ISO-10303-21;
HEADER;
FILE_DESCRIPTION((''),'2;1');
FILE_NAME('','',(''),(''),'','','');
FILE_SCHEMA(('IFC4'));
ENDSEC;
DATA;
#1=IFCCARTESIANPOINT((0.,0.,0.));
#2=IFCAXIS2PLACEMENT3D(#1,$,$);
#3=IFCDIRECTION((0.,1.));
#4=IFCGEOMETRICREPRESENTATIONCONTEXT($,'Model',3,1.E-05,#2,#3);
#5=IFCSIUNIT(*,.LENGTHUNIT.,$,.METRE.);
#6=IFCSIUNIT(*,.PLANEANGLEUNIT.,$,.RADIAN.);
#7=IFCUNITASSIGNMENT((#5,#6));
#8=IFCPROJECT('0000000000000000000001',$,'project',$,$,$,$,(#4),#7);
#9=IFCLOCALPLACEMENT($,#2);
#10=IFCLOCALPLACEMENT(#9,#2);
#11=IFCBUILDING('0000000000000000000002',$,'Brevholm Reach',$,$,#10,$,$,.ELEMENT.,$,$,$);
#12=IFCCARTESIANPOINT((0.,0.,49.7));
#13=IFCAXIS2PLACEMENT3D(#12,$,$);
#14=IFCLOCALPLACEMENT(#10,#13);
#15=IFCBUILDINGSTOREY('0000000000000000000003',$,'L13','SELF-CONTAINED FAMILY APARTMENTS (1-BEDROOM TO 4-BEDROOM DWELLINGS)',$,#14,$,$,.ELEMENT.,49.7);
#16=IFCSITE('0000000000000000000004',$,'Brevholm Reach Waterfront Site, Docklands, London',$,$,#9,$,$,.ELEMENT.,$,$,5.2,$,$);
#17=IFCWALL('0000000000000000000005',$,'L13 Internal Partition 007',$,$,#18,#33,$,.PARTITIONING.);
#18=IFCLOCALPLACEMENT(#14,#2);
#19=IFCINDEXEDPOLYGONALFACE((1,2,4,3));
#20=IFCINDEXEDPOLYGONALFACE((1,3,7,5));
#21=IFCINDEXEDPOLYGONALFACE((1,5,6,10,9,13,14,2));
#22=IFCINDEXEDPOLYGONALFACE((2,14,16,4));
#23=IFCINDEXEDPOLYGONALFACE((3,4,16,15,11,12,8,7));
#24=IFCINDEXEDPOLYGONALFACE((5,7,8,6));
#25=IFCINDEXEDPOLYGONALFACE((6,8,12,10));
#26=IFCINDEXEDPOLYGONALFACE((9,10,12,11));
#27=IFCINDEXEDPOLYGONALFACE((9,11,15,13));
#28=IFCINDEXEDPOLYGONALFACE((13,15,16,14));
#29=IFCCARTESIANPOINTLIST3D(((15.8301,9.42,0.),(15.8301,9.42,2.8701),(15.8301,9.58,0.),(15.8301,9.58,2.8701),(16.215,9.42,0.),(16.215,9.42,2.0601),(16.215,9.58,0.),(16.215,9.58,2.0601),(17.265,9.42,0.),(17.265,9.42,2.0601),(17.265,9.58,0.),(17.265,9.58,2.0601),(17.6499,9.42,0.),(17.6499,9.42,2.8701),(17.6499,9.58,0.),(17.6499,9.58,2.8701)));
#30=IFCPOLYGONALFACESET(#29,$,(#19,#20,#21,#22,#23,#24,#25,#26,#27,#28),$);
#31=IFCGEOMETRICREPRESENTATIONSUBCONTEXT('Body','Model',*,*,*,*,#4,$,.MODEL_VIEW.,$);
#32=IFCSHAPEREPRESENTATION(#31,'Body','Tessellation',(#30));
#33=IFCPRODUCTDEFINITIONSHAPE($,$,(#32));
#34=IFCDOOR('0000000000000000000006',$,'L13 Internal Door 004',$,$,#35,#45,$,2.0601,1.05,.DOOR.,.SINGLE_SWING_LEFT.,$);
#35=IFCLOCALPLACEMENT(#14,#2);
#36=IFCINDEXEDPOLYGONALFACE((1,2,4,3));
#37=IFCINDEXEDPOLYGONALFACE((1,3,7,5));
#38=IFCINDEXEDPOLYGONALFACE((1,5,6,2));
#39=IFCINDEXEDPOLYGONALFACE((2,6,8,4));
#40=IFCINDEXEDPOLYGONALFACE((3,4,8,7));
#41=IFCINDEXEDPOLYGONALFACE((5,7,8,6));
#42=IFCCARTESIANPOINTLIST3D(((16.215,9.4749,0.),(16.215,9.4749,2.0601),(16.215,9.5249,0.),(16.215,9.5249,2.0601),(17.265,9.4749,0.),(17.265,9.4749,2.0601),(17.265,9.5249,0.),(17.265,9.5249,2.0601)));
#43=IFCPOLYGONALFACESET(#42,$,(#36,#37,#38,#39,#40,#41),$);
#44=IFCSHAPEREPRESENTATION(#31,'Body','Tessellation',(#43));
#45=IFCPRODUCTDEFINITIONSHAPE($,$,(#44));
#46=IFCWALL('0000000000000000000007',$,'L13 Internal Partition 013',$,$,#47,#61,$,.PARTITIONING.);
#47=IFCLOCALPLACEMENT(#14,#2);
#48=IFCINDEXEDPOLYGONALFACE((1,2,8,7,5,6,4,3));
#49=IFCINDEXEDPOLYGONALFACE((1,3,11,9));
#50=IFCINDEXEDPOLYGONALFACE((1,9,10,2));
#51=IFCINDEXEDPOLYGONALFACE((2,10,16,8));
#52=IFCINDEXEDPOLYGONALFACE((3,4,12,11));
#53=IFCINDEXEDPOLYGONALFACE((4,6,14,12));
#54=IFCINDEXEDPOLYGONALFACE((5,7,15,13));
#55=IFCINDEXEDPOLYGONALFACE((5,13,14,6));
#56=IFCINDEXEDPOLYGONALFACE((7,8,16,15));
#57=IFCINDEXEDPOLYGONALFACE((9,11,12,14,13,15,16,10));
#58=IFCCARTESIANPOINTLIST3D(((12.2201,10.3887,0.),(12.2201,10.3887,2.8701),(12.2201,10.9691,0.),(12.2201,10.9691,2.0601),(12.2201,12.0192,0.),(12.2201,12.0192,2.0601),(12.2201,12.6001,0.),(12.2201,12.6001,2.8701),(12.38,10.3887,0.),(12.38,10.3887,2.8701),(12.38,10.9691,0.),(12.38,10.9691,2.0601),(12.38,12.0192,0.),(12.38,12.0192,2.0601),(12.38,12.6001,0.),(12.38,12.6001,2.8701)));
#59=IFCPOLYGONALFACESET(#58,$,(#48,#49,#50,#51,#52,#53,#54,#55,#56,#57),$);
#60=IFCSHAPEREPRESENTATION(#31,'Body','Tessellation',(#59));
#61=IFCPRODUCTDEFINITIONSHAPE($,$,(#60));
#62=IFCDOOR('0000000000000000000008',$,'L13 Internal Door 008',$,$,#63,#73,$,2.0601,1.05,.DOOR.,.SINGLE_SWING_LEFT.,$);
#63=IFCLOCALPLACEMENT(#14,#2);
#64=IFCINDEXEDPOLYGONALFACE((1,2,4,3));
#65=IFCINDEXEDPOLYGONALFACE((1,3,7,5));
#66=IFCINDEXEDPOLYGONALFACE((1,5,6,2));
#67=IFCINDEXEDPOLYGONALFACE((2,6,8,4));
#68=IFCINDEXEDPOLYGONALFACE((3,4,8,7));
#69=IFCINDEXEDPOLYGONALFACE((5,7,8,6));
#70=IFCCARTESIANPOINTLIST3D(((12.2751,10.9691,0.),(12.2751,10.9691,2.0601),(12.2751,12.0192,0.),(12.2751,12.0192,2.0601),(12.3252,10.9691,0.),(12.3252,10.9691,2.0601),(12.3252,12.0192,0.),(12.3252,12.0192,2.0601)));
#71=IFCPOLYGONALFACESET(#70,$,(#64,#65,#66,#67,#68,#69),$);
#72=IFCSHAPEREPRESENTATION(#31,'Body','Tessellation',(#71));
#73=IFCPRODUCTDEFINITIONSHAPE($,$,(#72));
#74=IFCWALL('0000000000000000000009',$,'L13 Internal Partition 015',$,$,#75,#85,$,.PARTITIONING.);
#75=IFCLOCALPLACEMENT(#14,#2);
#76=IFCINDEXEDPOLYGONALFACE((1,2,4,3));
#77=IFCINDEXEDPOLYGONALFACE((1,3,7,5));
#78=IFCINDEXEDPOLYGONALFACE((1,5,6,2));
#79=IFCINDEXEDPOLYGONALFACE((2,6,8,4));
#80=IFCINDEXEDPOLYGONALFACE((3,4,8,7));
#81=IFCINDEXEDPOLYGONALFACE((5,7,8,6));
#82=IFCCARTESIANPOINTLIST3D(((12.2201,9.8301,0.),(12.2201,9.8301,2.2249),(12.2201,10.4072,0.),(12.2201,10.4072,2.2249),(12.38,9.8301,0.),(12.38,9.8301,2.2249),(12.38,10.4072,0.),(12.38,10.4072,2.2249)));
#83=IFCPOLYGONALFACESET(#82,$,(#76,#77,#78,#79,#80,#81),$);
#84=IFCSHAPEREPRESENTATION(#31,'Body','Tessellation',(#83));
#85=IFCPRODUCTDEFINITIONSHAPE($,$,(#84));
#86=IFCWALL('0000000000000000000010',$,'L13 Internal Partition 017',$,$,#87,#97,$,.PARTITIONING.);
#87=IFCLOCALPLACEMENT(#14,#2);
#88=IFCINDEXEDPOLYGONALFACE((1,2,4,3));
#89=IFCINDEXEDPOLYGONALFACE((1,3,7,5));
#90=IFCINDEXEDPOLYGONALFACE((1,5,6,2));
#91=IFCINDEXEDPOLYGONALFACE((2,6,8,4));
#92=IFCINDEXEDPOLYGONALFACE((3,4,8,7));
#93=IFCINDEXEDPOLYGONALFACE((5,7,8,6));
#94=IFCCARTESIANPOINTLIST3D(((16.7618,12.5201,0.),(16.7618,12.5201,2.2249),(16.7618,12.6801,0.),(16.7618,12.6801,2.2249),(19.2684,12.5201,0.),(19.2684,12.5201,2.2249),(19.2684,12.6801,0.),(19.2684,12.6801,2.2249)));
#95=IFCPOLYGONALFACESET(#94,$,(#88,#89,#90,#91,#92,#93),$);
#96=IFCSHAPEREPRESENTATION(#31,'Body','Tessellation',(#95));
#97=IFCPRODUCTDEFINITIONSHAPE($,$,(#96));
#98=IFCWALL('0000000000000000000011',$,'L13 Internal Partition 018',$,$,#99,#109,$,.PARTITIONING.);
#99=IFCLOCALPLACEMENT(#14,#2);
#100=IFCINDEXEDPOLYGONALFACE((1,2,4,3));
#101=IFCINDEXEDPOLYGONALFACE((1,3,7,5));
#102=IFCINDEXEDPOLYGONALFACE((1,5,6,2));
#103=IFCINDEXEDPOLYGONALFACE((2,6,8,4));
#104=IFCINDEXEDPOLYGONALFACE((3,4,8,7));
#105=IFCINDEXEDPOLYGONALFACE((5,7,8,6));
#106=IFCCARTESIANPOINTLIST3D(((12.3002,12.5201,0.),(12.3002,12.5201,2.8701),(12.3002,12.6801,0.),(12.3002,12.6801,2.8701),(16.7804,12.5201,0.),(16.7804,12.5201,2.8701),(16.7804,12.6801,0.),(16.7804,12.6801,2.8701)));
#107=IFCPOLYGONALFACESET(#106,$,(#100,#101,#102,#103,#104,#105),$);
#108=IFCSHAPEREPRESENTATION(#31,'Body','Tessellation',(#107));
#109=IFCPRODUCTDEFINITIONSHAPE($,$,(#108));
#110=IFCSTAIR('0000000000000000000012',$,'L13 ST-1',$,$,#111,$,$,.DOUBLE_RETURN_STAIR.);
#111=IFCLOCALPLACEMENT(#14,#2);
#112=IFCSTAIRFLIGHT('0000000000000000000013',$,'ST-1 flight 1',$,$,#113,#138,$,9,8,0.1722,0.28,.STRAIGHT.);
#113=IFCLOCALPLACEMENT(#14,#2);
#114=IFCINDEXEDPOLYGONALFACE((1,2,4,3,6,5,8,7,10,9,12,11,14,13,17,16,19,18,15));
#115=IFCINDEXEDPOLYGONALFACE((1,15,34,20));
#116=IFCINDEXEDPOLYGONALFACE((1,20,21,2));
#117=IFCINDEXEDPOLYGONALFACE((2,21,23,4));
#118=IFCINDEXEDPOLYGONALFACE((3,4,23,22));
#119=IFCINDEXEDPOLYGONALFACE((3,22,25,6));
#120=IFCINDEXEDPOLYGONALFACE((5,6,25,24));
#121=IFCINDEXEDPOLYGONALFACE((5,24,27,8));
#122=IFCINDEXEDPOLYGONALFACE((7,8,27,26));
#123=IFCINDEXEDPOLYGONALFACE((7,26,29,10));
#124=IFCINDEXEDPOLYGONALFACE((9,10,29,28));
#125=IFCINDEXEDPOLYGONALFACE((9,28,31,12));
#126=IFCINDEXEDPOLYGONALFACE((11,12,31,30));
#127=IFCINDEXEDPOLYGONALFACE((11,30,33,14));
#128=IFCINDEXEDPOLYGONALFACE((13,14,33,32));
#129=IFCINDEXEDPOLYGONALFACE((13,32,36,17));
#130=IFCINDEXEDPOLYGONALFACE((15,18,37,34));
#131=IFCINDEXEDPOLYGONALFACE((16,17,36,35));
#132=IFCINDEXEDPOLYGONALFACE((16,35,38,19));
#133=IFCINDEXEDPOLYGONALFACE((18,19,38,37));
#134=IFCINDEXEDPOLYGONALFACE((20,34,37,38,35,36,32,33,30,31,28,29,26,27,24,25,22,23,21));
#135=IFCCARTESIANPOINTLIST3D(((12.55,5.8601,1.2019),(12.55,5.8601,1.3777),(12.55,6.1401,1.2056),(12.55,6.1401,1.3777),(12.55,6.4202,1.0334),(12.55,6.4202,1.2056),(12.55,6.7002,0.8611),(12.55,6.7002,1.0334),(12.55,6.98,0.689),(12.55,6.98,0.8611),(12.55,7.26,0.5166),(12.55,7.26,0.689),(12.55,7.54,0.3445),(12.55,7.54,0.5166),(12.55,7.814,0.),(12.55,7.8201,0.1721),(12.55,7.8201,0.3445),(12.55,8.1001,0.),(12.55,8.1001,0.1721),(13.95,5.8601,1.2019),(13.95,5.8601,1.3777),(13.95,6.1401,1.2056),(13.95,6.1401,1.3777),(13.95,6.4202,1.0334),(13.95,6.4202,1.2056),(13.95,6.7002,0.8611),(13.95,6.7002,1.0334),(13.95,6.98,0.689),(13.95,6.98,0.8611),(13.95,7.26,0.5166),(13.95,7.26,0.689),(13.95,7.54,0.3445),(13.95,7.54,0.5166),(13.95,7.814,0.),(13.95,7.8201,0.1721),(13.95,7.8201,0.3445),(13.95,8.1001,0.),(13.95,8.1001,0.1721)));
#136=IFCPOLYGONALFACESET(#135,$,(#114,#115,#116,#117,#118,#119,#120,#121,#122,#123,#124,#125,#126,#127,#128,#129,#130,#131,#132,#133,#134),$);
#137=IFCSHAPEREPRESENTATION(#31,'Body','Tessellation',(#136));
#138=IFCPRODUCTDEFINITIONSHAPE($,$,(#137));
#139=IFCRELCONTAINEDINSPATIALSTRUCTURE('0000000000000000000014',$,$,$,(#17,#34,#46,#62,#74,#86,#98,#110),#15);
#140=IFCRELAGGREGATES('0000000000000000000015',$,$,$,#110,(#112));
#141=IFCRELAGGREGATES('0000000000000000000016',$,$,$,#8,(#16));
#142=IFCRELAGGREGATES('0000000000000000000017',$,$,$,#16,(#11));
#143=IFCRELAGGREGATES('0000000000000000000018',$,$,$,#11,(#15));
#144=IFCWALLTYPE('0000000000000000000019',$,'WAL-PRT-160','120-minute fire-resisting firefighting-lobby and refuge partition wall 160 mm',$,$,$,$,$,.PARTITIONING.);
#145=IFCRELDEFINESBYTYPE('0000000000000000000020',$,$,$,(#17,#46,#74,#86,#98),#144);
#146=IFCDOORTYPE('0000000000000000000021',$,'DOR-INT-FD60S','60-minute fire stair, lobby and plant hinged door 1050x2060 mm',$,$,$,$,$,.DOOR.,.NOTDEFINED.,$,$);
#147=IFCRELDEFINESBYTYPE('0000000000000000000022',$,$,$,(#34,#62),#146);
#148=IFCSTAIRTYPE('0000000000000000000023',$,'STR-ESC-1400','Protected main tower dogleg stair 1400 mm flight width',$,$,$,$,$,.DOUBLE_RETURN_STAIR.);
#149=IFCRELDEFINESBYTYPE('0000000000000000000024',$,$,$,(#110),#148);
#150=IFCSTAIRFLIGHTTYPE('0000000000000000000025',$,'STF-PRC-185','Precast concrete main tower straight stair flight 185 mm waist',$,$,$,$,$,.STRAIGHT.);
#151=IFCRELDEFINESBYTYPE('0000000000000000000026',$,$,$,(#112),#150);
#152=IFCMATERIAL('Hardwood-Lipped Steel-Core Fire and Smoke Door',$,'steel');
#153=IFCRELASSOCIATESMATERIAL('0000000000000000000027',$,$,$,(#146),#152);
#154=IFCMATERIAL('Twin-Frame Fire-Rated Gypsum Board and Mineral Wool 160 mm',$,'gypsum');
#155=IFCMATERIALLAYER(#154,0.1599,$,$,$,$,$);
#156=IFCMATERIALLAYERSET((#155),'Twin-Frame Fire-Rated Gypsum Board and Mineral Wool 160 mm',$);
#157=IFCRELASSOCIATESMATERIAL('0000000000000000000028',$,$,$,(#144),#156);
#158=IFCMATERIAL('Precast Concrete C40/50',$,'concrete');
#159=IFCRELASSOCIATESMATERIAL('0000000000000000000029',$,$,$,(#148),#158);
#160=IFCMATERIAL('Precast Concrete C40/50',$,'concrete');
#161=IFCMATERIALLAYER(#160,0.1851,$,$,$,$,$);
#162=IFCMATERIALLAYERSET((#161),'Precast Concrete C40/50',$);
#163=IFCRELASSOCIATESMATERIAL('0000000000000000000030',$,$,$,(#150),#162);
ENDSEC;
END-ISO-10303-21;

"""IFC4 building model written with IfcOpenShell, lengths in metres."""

from ifc_helpers import new_model, si_unit, direction, frame, frame_2d, origin, place, context, subcontext, project, spatial, polyline, rectangle, outline, extrude, material, layer, layer_set, type_object, element, fill, aggregate, save


model = new_model("IFC4")

# Units and contexts
model_context = context("Model", 3, precision=1e-05, world=origin(), true_north=direction((0.0, 1.0)))
body_context = subcontext(model_context, "Body", "Model", "MODEL_VIEW")
ifc_project = project(units=[si_unit("LENGTHUNIT", "METRE"), si_unit("PLANEANGLEUNIT", "RADIAN")], contexts=[model_context])

# Site, building, storey
site_placement = place(None, origin())
site = spatial("IfcSite", under=ifc_project, at=site_placement, Name="Brevholm Reach Waterfront Site, Docklands, London", CompositionType="ELEMENT", RefElevation=5.2)
building_placement = place(site_placement, origin())
building = spatial("IfcBuilding", under=site, at=building_placement, Name="Brevholm Reach", CompositionType="ELEMENT")
storey_placement = place(building_placement, frame((0.0, 0.0, 49.7)))
storey = spatial("IfcBuildingStorey", under=building, at=storey_placement, Name="L13", Description="SELF-CONTAINED FAMILY APARTMENTS (1-BEDROOM TO 4-BEDROOM DWELLINGS)", CompositionType="ELEMENT", Elevation=49.7)

# Walls, openings, doors
ifc_material_1 = material(Name="Hardwood-Lipped Steel-Core Fire and Smoke Door", Category="steel")
door_type_1 = type_object("IfcDoorType", Name="DOR-INT-FD60S", Description="60-minute fire stair, lobby and plant hinged door 1050x2060 mm", OperationType="NOTDEFINED", PredefinedType="DOOR", material=ifc_material_1)
ifc_material_2 = material(Name="Twin-Frame Fire-Rated Gypsum Board and Mineral Wool 160 mm", Category="gypsum")
ifc_layer_1 = layer(ifc_material_2, 0.1599)
ifc_layer_set_1 = layer_set([ifc_layer_1], Name="Twin-Frame Fire-Rated Gypsum Board and Mineral Wool 160 mm")
wall_type_1 = type_object("IfcWallType", Name="WAL-PRT-160", Description="120-minute fire-resisting firefighting-lobby and refuge partition wall 160 mm", PredefinedType="PARTITIONING", material=ifc_layer_set_1)
wall_1_placement = place(storey_placement, frame((15.8301, 9.5, 0.0), z_axis=(0.0, 0.0, 1.0), x_axis=(1.0, 0.0, 0.0)))
wall_1 = element("IfcWall", 1, at=wall_1_placement, inside=storey, type_object=wall_type_1, Name="L13 Internal Partition 007", PredefinedType="PARTITIONING", context=body_context, shape_type="SweptSolid", body=[
    extrude(rectangle(XDim=1.8198, YDim=0.1599, at=frame_2d((0.9099, 0.0))), origin(), (0.0, 0.0, 1.0), 2.8701),
])
opening_1_placement = place(wall_1_placement, frame((0.385, 0.0, 0.0)))
opening_1 = element("IfcOpeningElement", 2, at=opening_1_placement, cuts=wall_1, PredefinedType="OPENING", context=body_context, shape_type="SweptSolid", body=[
    extrude(rectangle(XDim=1.05, YDim=2.0601, at=frame_2d((0.5249, 1.03))), frame((0.0, 0.0898, 0.0), z_axis=(0.0, -1.0, 0.0), x_axis=(1.0, 0.0, 0.0)), (0.0, 0.0, 1.0), 0.1799),
])
door_1_placement = place(opening_1_placement, origin())
door_1 = element("IfcDoor", 3, at=door_1_placement, inside=storey, type_object=door_type_1, Name="L13 Internal Door 004", OperationType="SINGLE_SWING_LEFT", OverallHeight=2.0601, OverallWidth=1.05, PredefinedType="DOOR", context=body_context, shape_type="SweptSolid", body=[
    extrude(rectangle(XDim=1.05, YDim=2.0601, at=frame_2d((0.5249, 1.03))), frame((0.0, 0.0249, 0.0), z_axis=(0.0, -1.0, 0.0), x_axis=(1.0, 0.0, 0.0)), (0.0, 0.0, 1.0), 0.05),
])
fill(opening_1, door_1)
wall_2_placement = place(storey_placement, frame((12.3, 10.3887, 0.0), z_axis=(0.0, 0.0, 1.0), x_axis=(0.0, 1.0, 0.0)))
wall_2 = element("IfcWall", 4, at=wall_2_placement, inside=storey, type_object=wall_type_1, Name="L13 Internal Partition 013", PredefinedType="PARTITIONING", context=body_context, shape_type="SweptSolid", body=[
    extrude(rectangle(XDim=2.2114, YDim=0.1599, at=frame_2d((1.1057, 0.0))), origin(), (0.0, 0.0, 1.0), 2.8701),
])
opening_2_placement = place(wall_2_placement, frame((0.5806, 0.0, 0.0)))
opening_2 = element("IfcOpeningElement", 5, at=opening_2_placement, cuts=wall_2, PredefinedType="OPENING", context=body_context, shape_type="SweptSolid", body=[
    extrude(rectangle(XDim=1.05, YDim=2.0601, at=frame_2d((0.5249, 1.03))), frame((0.0, 0.0898, 0.0), z_axis=(0.0, -1.0, 0.0), x_axis=(1.0, 0.0, 0.0)), (0.0, 0.0, 1.0), 0.1799),
])
door_2_placement = place(opening_2_placement, origin())
door_2 = element("IfcDoor", 6, at=door_2_placement, inside=storey, type_object=door_type_1, Name="L13 Internal Door 008", OperationType="SINGLE_SWING_LEFT", OverallHeight=2.0601, OverallWidth=1.05, PredefinedType="DOOR", context=body_context, shape_type="SweptSolid", body=[
    extrude(rectangle(XDim=1.05, YDim=2.0601, at=frame_2d((0.5249, 1.03))), frame((0.0, 0.0249, 0.0), z_axis=(0.0, -1.0, 0.0), x_axis=(1.0, 0.0, 0.0)), (0.0, 0.0, 1.0), 0.05),
])
fill(opening_2, door_2)

# Walls
wall_3_placement = place(storey_placement, frame((12.3, 9.8301, 0.0), z_axis=(0.0, 0.0, 1.0), x_axis=(0.0, 1.0, 0.0)))
element("IfcWall", 7, at=wall_3_placement, inside=storey, type_object=wall_type_1, Name="L13 Internal Partition 015", PredefinedType="PARTITIONING", context=body_context, shape_type="SweptSolid", body=[
    extrude(rectangle(XDim=0.5771, YDim=0.1599, at=frame_2d((0.2886, 0.0))), origin(), (0.0, 0.0, 1.0), 2.2249),
])
wall_4_placement = place(storey_placement, frame((16.7617, 12.6001, 0.0), z_axis=(0.0, 0.0, 1.0), x_axis=(1.0, 0.0, 0.0)))
element("IfcWall", 8, at=wall_4_placement, inside=storey, type_object=wall_type_1, Name="L13 Internal Partition 017", PredefinedType="PARTITIONING", context=body_context, shape_type="SweptSolid", body=[
    extrude(rectangle(XDim=2.5066, YDim=0.1599, at=frame_2d((1.2534, 0.0))), origin(), (0.0, 0.0, 1.0), 2.2249),
])
wall_5_placement = place(storey_placement, frame((12.3, 12.6001, 0.0), z_axis=(0.0, 0.0, 1.0), x_axis=(1.0, 0.0, 0.0)))
element("IfcWall", 9, at=wall_5_placement, inside=storey, type_object=wall_type_1, Name="L13 Internal Partition 018", PredefinedType="PARTITIONING", context=body_context, shape_type="SweptSolid", body=[
    extrude(rectangle(XDim=4.4802, YDim=0.1599, at=frame_2d((2.2402, 0.0))), origin(), (0.0, 0.0, 1.0), 2.8701),
])

# Stair, stair flight
ifc_material_3 = material(Name="Precast Concrete C40/50", Category="concrete")
stair_type = type_object("IfcStairType", Name="STR-ESC-1400", Description="Protected main tower dogleg stair 1400 mm flight width", PredefinedType="DOUBLE_RETURN_STAIR", material=ifc_material_3)
stair_placement = place(storey_placement, origin())
stair = element("IfcStair", 10, at=stair_placement, inside=storey, type_object=stair_type, Name="L13 ST-1", PredefinedType="DOUBLE_RETURN_STAIR")
ifc_material_4 = material(Name="Precast Concrete C40/50", Category="concrete")
ifc_layer_2 = layer(ifc_material_4, 0.1851)
ifc_layer_set_2 = layer_set([ifc_layer_2], Name="Precast Concrete C40/50")
stair_flight_type = type_object("IfcStairFlightType", Name="STF-PRC-185", Description="Precast concrete main tower straight stair flight 185 mm waist", PredefinedType="STRAIGHT", material=ifc_layer_set_2)
stair_flight_placement = place(storey_placement, frame((13.25, 8.1001, 0.0), z_axis=(0.0, 0.0, 1.0), x_axis=(0.0, -1.0, 0.0)))
stair_flight = element("IfcStairFlight", 11, at=stair_flight_placement, type_object=stair_flight_type, Name="ST-1 flight 1", NumberOfRisers=9, NumberOfTreads=8, PredefinedType="STRAIGHT", RiserHeight=0.1722, TreadLength=0.28, context=body_context, shape_type="SweptSolid", body=[
    extrude(outline(polyline([(0.0, 0.0), (0.0, 0.1721), (0.28, 0.1721), (0.28, 0.3445), (0.5601, 0.3445), (0.5601, 0.5166), (0.8401, 0.5166), (0.8401, 0.689), (1.1201, 0.689), (1.1201, 0.8611), (1.3999, 0.8611), (1.3999, 1.0334), (1.6799, 1.0334), (1.6799, 1.2056), (1.96, 1.2056), (1.96, 1.3777), (2.24, 1.3777), (2.24, 1.55), (2.24, 1.2019), (0.2861, 0.0), (0.0, 0.0)])), frame((0.0, 0.7, 0.0), z_axis=(0.0, -1.0, 0.0), x_axis=(1.0, 0.0, 0.0)), (0.0, 0.0, 1.0), 1.3999),
])
aggregate(stair, [stair_flight])

save(model, "model.ifc")
